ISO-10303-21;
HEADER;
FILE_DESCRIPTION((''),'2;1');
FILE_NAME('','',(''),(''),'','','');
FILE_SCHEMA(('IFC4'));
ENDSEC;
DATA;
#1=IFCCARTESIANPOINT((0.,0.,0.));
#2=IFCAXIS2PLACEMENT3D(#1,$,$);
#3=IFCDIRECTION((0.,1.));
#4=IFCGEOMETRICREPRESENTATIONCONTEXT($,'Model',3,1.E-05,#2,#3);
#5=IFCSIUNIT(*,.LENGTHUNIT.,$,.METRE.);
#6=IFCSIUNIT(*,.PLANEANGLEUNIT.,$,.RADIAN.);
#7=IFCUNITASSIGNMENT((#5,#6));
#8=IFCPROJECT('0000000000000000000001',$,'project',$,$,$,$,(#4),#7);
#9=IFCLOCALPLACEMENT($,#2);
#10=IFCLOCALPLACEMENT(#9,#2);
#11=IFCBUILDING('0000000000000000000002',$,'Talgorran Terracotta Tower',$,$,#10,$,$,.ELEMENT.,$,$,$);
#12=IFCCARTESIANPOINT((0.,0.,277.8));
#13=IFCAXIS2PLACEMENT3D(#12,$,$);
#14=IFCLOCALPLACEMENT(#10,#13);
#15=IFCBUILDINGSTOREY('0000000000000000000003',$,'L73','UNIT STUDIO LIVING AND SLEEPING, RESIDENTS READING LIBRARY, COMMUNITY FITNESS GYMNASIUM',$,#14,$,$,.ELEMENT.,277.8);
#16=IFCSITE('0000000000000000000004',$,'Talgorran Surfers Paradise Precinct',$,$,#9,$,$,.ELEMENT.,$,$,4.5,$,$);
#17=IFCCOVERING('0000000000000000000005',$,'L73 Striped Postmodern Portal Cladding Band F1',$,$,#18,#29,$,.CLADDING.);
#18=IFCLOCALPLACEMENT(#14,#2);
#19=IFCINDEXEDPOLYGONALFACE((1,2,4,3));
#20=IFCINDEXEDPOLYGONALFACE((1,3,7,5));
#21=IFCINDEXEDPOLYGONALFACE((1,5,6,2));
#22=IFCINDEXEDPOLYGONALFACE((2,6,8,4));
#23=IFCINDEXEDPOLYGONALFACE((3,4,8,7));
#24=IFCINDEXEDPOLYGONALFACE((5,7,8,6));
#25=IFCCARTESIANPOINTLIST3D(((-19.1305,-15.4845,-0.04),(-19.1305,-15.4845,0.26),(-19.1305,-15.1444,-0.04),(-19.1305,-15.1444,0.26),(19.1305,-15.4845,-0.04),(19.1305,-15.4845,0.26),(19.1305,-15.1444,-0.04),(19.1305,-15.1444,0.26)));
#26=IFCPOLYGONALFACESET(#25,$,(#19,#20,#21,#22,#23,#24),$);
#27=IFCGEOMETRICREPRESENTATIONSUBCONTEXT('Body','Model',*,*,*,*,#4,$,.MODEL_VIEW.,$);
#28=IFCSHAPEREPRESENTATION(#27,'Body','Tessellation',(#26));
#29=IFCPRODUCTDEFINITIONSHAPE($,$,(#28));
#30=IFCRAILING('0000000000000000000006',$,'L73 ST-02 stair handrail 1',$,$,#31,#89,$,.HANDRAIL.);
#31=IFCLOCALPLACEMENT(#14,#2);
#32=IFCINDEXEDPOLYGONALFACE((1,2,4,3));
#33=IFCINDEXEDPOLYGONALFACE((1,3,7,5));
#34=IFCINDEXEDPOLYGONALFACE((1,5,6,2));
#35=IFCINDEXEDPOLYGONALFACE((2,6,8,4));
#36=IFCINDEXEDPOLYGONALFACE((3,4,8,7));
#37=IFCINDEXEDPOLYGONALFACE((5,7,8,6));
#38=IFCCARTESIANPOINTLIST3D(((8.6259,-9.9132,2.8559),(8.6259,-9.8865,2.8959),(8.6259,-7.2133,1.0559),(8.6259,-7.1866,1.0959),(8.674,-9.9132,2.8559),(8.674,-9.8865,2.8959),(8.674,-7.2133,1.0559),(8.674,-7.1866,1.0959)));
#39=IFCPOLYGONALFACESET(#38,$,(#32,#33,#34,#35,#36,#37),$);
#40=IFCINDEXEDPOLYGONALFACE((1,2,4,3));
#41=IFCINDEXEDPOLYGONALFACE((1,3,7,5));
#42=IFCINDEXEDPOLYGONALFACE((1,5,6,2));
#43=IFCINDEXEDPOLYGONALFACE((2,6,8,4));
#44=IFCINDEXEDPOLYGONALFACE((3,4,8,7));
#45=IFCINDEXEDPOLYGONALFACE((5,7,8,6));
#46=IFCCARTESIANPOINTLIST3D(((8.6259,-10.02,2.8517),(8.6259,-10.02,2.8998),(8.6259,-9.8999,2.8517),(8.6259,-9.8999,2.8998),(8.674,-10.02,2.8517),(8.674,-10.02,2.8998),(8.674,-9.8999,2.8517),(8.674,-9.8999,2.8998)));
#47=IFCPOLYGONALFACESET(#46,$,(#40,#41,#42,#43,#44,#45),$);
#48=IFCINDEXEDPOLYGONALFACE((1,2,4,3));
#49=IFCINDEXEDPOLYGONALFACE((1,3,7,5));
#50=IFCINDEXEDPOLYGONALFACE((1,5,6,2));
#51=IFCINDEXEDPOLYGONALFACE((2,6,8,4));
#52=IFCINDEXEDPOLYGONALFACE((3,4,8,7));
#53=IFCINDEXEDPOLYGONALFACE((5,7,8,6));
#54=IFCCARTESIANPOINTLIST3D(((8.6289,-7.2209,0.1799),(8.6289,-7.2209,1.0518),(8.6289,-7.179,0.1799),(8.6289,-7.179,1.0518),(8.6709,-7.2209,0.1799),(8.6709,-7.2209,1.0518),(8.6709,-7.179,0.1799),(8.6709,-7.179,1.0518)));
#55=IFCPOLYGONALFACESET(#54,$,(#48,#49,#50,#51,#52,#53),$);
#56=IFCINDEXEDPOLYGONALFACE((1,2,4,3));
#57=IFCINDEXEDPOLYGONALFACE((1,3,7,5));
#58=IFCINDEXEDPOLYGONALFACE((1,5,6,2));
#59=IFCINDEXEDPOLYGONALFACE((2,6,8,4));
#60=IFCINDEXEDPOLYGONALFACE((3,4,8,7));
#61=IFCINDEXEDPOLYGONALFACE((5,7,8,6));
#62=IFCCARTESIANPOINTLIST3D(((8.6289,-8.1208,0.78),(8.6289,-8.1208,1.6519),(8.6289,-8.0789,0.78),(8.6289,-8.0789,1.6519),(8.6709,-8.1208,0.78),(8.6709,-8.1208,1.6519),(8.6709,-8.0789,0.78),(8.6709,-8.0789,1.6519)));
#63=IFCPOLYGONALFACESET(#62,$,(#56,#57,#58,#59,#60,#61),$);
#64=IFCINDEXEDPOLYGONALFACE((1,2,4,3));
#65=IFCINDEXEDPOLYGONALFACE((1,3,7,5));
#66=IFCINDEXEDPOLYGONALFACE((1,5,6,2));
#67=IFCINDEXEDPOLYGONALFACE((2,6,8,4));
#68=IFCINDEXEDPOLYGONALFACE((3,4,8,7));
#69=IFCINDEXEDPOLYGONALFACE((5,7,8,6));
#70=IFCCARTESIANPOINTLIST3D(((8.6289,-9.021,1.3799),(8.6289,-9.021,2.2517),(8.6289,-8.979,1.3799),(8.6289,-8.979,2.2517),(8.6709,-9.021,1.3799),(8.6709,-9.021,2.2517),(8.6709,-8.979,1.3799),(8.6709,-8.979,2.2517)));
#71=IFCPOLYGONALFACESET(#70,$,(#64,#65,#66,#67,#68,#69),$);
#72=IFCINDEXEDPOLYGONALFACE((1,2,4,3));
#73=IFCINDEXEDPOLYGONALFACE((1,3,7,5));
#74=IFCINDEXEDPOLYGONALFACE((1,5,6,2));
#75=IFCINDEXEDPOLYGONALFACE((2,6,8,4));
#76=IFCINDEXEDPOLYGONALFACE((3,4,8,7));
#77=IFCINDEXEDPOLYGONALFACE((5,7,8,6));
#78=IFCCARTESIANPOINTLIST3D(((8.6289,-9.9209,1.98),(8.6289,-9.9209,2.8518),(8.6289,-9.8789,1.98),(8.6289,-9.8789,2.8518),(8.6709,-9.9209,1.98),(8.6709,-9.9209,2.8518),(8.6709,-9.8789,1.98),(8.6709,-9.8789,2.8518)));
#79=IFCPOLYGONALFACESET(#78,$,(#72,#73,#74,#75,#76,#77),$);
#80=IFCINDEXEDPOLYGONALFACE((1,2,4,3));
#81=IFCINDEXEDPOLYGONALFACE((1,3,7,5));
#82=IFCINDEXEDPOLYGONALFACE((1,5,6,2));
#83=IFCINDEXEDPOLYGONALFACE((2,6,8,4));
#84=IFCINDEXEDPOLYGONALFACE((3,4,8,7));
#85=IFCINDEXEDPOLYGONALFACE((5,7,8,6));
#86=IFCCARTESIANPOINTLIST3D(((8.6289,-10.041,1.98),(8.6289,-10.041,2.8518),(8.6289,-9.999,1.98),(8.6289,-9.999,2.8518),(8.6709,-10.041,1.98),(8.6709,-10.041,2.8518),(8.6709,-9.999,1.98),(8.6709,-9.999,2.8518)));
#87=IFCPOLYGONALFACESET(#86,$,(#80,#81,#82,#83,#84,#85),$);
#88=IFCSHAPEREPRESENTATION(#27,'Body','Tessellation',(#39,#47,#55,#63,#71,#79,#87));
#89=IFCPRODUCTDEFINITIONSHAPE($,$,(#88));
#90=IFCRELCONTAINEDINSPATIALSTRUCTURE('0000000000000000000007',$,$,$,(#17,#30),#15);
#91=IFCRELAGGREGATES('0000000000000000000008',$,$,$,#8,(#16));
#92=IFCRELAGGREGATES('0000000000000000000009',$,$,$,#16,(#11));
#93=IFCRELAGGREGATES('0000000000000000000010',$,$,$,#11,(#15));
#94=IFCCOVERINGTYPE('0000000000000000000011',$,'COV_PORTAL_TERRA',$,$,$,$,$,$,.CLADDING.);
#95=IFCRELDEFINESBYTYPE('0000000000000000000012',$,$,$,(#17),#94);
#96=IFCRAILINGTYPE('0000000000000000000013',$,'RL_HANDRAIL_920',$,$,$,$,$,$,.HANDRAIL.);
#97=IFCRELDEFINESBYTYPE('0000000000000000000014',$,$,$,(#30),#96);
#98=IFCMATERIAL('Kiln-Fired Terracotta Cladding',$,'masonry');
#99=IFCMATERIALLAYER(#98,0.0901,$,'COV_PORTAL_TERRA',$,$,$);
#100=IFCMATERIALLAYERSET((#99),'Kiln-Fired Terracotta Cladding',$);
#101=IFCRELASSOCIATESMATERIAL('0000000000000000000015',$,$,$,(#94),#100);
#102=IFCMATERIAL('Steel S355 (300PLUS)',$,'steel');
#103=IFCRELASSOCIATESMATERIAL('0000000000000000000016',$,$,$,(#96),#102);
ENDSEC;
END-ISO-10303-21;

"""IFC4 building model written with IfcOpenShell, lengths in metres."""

from ifc_helpers import new_model, si_unit, direction, frame, origin, origin_2d, place, context, subcontext, project, spatial, rectangle, extrude, material, layer, layer_set, type_object, element, save


model = new_model("IFC4")

# Units and contexts
model_context = context("Model", 3, precision=1e-05, world=origin(), true_north=direction((0.0, 1.0)))
body_context = subcontext(model_context, "Body", "Model", "MODEL_VIEW")
ifc_project = project(units=[si_unit("LENGTHUNIT", "METRE"), si_unit("PLANEANGLEUNIT", "RADIAN")], contexts=[model_context])

# Site, building, storey
site_placement = place(None, origin())
site = spatial("IfcSite", under=ifc_project, at=site_placement, Name="Talgorran Surfers Paradise Precinct", CompositionType="ELEMENT", RefElevation=4.5)
building_placement = place(site_placement, origin())
building = spatial("IfcBuilding", under=site, at=building_placement, Name="Talgorran Terracotta Tower", CompositionType="ELEMENT")
storey_placement = place(building_placement, frame((0.0, 0.0, 277.8)))
storey = spatial("IfcBuildingStorey", under=building, at=storey_placement, Name="L73", Description="UNIT STUDIO LIVING AND SLEEPING, RESIDENTS READING LIBRARY, COMMUNITY FITNESS GYMNASIUM", CompositionType="ELEMENT", Elevation=277.8)

# Covering
ifc_material_1 = material(Name="Kiln-Fired Terracotta Cladding", Category="masonry")
ifc_layer_1 = layer(ifc_material_1, 0.0901, Name="COV_PORTAL_TERRA")
ifc_layer_set_1 = layer_set([ifc_layer_1], Name="Kiln-Fired Terracotta Cladding")
covering_type_1 = type_object("IfcCoveringType", Name="COV_PORTAL_TERRA", PredefinedType="CLADDING", material=ifc_layer_set_1)
covering_1_placement = place(storey_placement, frame((0.0, -15.3145, -0.04), z_axis=(0.0, 0.0, 1.0), x_axis=(1.0, 0.0, 0.0)))
element("IfcCovering", 1, at=covering_1_placement, inside=storey, type_object=covering_type_1, Name="L73 Striped Postmodern Portal Cladding Band F1", PredefinedType="CLADDING", context=body_context, shape_type="SweptSolid", body=[
    extrude(rectangle(XDim=38.261, YDim=0.3401, at=origin_2d()), origin(), (0.0, 0.0, 1.0), 0.3),
])

# Railing
ifc_material_2 = material(Name="Steel S355 (300PLUS)", Category="steel")
railing_type = type_object("IfcRailingType", Name="RL_HANDRAIL_920", PredefinedType="HANDRAIL", material=ifc_material_2)
railing_placement = place(storey_placement, frame((8.6499, -7.2, 0.1799)))
element("IfcRailing", 2, at=railing_placement, inside=storey, type_object=railing_type, Name="L73 ST-02 stair handrail 1", PredefinedType="HANDRAIL", context=body_context, shape_type="SweptSolid", body=[
    extrude(rectangle(XDim=0.0481, YDim=0.0481, at=origin_2d()), frame((0.0, 0.0, 0.896), z_axis=(0.0, -0.832039, 0.554718), x_axis=(1.0, 0.0, 0.0)), (0.0, 0.0, 1.0), 3.2449),
    extrude(rectangle(XDim=0.0481, YDim=0.0481, at=origin_2d()), frame((0.0, -2.7, 2.6958), z_axis=(0.0, -1.0, 0.0), x_axis=(1.0, 0.0, 0.0)), (0.0, 0.0, 1.0), 0.1201),
    extrude(rectangle(XDim=0.042, YDim=0.042, at=origin_2d()), origin(), (0.0, 0.0, 1.0), 0.8718),
    extrude(rectangle(XDim=0.042, YDim=0.042, at=origin_2d()), frame((0.0, -0.8999, 0.6001)), (0.0, 0.0, 1.0), 0.8718),
    extrude(rectangle(XDim=0.042, YDim=0.042, at=origin_2d()), frame((0.0, -1.8, 1.2)), (0.0, 0.0, 1.0), 0.8718),
    extrude(rectangle(XDim=0.042, YDim=0.042, at=origin_2d()), frame((0.0, -2.7, 1.8)), (0.0, 0.0, 1.0), 0.8718),
    extrude(rectangle(XDim=0.042, YDim=0.042, at=origin_2d()), frame((0.0, -2.8201, 1.8)), (0.0, 0.0, 1.0), 0.8718),
])

save(model, "model.ifc")
